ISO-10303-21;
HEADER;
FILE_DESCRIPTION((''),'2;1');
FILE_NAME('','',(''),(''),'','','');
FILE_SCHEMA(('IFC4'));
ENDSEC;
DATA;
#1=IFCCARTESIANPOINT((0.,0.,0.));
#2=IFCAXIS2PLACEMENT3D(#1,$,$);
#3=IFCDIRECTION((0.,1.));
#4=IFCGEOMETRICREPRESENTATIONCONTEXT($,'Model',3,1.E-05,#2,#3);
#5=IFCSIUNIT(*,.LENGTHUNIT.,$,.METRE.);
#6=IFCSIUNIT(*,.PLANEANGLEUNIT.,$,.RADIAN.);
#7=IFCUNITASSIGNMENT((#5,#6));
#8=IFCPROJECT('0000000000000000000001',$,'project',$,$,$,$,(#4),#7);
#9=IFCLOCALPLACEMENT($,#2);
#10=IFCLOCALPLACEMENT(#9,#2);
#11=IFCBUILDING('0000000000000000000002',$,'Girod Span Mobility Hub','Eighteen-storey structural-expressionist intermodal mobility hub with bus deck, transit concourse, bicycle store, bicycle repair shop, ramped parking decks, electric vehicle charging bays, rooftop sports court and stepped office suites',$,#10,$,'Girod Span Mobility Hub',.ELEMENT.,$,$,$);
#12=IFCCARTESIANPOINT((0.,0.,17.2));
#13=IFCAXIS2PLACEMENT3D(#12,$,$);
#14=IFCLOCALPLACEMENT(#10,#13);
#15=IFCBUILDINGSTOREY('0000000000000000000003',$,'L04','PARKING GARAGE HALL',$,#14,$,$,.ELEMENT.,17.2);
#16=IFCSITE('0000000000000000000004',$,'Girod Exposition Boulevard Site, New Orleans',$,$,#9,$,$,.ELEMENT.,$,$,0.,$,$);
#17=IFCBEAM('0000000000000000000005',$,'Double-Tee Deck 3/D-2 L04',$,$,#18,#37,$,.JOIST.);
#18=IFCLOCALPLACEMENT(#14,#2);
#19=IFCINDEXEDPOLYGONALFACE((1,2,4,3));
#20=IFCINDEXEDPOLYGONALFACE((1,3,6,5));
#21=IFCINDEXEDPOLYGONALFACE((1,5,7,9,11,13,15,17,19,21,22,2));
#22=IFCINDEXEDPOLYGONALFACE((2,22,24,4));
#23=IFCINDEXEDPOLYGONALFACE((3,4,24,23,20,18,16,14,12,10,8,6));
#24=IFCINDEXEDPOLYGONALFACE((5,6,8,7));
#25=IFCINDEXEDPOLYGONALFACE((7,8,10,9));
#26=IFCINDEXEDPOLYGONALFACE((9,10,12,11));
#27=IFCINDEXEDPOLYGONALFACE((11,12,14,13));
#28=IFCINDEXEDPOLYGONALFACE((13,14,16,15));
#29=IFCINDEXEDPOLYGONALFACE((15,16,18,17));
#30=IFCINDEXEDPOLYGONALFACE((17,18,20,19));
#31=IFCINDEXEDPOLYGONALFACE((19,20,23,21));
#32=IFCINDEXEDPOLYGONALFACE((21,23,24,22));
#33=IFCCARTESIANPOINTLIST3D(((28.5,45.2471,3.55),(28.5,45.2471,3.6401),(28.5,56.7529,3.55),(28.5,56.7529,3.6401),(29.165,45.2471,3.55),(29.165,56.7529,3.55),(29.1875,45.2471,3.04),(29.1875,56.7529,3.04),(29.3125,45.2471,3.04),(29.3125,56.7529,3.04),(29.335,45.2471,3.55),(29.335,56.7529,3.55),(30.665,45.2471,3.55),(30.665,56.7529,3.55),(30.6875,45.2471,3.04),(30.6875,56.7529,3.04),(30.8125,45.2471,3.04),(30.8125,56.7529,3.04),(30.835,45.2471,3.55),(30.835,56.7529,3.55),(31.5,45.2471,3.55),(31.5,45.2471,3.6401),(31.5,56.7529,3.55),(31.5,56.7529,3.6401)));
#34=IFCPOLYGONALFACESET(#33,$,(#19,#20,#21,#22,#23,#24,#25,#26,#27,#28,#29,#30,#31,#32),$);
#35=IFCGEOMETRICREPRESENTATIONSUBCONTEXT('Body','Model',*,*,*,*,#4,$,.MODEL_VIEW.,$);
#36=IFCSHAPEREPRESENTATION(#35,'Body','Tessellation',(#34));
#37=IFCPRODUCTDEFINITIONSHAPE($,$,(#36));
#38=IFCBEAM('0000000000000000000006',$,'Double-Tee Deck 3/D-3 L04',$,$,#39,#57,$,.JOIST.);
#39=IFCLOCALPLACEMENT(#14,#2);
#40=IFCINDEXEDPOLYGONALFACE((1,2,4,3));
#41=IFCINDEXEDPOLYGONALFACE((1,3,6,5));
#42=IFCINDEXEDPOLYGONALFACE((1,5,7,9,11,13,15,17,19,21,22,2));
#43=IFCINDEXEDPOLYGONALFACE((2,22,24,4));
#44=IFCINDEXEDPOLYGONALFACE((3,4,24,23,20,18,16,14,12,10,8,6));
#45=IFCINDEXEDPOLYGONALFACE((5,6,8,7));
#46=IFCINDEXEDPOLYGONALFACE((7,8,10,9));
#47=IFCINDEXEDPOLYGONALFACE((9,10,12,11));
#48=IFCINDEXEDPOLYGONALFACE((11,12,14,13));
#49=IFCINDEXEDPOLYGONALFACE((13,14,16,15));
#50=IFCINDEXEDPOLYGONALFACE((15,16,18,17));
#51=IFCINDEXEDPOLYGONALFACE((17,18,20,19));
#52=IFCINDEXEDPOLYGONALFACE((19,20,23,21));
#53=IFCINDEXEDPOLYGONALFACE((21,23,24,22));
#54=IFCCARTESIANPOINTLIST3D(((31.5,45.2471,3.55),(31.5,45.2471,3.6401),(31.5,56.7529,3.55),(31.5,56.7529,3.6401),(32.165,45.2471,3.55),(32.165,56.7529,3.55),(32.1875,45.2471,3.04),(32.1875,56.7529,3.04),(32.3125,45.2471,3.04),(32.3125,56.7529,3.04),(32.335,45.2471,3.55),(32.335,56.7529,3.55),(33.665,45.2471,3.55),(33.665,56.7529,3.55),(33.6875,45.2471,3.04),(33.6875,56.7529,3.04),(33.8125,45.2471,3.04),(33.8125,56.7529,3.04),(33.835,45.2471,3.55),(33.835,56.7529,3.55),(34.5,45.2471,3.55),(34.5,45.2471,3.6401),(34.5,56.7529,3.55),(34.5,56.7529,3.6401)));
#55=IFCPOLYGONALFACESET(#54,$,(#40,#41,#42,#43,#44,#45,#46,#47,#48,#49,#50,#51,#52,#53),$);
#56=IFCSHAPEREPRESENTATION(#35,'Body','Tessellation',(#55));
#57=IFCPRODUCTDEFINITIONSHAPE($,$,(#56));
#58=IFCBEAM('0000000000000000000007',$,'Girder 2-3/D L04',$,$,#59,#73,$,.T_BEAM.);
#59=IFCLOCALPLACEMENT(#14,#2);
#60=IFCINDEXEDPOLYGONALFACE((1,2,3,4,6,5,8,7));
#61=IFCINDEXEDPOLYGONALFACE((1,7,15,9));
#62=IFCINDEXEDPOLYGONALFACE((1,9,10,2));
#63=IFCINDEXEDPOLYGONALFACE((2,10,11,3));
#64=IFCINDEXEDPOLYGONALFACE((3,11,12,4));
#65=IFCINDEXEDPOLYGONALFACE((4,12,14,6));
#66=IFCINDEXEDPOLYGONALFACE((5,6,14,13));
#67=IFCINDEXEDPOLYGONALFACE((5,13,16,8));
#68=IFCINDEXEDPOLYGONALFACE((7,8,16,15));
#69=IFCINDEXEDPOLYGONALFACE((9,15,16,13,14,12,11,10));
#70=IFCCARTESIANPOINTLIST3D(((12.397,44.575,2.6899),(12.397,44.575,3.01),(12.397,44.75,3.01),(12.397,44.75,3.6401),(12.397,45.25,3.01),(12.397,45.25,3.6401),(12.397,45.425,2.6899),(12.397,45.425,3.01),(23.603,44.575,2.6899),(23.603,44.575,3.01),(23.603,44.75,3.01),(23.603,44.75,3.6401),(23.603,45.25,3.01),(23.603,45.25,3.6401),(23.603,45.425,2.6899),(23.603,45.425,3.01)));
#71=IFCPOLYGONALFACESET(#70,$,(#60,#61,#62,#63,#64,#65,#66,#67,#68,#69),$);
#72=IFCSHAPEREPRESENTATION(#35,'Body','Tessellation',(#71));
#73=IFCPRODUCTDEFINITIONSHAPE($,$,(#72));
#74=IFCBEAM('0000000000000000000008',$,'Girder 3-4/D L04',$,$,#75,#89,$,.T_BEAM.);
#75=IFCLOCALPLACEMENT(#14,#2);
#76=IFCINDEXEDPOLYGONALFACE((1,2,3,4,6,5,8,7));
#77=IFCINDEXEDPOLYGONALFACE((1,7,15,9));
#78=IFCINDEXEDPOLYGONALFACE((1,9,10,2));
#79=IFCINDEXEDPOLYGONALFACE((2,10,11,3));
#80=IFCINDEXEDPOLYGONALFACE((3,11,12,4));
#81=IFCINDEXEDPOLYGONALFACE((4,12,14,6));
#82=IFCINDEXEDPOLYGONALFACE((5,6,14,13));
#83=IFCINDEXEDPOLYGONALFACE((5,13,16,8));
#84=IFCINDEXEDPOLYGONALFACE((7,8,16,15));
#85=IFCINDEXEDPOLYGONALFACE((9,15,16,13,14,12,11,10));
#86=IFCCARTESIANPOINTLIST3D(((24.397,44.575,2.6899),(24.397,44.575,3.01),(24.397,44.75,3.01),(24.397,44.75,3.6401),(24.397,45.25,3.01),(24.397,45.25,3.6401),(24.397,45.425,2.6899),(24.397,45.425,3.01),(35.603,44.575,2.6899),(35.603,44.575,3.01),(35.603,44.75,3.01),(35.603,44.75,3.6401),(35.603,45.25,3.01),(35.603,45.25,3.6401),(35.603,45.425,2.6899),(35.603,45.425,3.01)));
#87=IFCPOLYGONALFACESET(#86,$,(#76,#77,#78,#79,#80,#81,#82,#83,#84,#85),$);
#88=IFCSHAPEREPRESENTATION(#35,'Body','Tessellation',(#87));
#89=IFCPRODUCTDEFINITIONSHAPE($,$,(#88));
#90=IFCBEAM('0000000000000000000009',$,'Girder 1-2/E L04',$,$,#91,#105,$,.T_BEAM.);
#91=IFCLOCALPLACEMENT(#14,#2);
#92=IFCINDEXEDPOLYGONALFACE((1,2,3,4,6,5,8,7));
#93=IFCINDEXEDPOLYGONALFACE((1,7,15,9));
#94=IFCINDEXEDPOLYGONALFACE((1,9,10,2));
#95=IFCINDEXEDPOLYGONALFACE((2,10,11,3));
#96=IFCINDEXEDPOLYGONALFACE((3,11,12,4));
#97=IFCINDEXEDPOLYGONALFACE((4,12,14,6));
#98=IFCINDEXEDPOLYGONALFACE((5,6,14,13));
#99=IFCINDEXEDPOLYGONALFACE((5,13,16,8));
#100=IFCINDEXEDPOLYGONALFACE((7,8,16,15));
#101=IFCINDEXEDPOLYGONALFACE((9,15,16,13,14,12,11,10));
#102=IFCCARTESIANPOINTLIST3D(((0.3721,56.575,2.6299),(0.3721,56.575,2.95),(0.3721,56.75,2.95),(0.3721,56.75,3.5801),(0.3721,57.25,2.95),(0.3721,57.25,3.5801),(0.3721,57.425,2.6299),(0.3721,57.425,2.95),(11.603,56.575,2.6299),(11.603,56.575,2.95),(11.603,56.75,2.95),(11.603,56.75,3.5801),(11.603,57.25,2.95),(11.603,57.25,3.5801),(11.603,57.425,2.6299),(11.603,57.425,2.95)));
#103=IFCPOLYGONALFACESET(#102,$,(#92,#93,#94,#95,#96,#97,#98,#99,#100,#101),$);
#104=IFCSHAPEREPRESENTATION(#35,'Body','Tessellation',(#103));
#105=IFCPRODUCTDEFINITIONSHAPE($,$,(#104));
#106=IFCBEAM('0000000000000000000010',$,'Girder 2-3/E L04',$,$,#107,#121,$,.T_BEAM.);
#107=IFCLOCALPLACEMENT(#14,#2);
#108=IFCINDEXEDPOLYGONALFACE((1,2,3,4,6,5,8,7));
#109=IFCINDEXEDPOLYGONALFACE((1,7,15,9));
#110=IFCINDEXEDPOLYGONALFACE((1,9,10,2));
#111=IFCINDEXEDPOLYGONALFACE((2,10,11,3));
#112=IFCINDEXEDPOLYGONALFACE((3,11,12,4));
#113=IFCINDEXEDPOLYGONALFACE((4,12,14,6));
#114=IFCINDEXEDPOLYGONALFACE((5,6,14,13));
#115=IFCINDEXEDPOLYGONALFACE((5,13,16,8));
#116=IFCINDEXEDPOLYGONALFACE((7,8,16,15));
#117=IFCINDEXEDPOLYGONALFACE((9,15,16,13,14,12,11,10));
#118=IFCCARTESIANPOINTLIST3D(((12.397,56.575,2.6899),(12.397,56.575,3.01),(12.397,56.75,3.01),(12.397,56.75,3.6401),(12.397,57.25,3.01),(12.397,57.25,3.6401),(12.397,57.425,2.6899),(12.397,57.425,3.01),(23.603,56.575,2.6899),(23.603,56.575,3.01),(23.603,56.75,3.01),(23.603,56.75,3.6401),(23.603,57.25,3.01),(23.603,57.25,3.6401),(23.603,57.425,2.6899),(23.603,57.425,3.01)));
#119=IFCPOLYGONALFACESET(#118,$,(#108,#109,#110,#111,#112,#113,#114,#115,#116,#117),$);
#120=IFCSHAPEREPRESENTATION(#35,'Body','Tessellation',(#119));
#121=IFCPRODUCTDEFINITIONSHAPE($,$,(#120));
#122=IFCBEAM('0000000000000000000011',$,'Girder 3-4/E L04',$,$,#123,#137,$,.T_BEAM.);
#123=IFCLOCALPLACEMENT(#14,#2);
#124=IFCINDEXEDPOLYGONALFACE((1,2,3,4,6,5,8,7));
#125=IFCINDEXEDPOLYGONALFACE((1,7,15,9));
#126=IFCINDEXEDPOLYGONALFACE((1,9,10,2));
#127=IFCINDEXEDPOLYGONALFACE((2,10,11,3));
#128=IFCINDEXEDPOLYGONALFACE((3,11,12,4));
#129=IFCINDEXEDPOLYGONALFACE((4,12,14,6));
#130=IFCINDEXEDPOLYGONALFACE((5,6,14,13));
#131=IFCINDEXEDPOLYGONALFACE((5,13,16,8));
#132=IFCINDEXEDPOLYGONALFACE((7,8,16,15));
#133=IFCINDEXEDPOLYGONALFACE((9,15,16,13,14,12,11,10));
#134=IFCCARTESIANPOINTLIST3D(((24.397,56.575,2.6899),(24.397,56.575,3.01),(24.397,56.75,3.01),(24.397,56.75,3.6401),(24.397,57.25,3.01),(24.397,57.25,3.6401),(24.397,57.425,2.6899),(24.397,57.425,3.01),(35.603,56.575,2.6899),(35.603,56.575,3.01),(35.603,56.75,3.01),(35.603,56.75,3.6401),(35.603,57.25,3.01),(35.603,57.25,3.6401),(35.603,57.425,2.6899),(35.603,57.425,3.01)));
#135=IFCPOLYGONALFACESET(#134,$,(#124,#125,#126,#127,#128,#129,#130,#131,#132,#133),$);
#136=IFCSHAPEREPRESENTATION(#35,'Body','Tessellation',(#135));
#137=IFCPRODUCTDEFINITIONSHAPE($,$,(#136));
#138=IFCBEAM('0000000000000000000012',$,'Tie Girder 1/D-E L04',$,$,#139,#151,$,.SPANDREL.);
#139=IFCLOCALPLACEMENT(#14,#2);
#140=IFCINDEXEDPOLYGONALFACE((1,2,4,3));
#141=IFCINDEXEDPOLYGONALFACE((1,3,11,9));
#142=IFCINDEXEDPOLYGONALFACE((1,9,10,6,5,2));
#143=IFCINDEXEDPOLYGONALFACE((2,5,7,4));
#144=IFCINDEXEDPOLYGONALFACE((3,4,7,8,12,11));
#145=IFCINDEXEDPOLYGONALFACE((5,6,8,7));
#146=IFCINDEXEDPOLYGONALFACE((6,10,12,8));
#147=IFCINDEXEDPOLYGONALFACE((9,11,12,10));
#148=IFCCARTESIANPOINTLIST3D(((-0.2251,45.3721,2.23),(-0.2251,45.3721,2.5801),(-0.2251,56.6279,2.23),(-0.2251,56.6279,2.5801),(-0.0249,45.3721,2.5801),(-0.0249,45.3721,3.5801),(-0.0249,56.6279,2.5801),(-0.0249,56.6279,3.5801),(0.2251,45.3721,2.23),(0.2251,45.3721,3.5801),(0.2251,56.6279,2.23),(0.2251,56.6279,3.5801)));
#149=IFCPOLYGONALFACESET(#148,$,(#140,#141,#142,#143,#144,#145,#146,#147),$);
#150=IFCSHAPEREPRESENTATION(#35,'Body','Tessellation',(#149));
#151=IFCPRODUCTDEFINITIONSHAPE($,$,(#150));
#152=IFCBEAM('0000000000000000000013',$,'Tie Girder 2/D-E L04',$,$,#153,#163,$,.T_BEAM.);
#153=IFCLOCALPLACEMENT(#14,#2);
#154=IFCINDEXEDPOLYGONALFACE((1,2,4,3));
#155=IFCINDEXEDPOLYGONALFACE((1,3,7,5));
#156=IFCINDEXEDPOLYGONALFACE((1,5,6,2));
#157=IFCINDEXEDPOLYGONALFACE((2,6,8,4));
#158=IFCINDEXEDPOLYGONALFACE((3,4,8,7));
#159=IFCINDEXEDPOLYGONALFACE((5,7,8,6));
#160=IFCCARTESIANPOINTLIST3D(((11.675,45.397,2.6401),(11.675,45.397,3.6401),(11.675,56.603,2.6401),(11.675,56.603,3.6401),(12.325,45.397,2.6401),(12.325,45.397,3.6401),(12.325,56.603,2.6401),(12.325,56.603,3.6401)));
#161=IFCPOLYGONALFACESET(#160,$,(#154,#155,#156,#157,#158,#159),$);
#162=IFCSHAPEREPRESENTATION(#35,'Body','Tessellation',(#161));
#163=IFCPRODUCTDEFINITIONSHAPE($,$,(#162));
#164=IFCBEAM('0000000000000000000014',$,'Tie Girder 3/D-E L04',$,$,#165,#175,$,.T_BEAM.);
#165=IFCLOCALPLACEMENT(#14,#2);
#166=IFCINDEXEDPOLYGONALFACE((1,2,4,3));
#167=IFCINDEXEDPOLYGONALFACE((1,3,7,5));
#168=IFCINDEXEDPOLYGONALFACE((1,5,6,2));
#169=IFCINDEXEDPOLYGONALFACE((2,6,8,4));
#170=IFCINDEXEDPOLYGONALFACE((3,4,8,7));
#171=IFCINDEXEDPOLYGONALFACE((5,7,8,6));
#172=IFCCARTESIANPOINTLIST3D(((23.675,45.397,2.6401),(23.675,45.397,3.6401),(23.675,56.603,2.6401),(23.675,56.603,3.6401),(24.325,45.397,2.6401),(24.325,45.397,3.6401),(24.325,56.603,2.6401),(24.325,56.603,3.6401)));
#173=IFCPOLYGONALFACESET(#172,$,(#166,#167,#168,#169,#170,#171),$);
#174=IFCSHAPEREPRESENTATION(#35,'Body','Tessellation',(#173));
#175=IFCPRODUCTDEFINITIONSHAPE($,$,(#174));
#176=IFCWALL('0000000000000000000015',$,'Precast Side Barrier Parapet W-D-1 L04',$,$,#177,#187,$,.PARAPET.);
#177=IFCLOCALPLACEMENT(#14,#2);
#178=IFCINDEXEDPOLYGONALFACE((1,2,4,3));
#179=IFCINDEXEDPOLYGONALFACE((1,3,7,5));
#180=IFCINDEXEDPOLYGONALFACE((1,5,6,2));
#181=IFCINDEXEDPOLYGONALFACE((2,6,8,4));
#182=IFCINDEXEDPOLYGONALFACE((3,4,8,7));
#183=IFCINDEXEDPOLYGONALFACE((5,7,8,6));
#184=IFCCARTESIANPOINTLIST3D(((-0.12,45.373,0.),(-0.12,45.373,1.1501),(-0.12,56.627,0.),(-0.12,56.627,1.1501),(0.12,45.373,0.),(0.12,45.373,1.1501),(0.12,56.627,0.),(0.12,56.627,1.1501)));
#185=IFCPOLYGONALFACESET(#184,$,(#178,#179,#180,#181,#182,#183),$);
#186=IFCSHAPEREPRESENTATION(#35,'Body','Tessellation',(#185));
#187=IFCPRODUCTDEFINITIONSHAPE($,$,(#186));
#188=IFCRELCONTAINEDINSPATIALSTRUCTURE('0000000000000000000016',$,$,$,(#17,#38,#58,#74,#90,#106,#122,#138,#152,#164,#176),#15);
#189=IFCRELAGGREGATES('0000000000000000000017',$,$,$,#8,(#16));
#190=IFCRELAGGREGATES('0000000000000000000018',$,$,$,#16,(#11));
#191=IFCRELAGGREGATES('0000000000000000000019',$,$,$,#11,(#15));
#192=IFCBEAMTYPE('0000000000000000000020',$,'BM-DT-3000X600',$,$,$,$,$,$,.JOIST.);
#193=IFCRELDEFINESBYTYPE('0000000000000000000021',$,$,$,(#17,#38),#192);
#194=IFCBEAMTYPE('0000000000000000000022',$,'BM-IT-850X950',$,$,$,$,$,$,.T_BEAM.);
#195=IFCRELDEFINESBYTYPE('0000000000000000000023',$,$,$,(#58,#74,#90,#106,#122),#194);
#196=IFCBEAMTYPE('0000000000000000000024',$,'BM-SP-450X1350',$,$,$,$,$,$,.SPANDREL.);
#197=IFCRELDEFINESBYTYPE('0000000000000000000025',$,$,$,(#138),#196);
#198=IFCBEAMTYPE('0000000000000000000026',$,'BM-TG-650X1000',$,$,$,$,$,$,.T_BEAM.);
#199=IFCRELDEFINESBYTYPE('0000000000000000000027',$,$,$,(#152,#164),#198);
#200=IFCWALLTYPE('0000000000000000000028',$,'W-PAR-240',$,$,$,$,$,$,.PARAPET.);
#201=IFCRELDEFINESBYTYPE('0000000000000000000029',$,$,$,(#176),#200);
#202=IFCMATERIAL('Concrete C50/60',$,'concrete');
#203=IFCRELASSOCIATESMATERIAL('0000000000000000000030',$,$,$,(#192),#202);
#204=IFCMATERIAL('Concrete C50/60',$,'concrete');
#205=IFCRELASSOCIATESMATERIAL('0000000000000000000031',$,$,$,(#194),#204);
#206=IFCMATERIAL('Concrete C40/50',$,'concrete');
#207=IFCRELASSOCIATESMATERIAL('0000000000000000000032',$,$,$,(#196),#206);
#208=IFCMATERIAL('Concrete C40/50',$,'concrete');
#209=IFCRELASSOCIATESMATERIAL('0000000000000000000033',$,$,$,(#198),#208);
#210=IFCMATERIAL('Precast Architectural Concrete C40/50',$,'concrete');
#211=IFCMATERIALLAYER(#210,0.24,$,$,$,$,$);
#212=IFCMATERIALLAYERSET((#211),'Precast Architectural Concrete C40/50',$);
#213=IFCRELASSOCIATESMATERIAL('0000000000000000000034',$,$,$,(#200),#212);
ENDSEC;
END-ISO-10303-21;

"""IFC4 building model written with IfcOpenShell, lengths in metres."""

from ifc_helpers import new_model, si_unit, direction, frame, frame_2d, origin, origin_2d, place, context, subcontext, project, spatial, polyline, rectangle, outline, extrude, material, layer, layer_set, material_profile, profile_set, type_object, element, save


model = new_model("IFC4")

# Units and contexts
model_context = context("Model", 3, precision=1e-05, world=origin(), true_north=direction((0.0, 1.0)))
body_context = subcontext(model_context, "Body", "Model", "MODEL_VIEW")
ifc_project = project(units=[si_unit("LENGTHUNIT", "METRE"), si_unit("PLANEANGLEUNIT", "RADIAN")], contexts=[model_context])

# Site, building, storey
site_placement = place(None, origin())
site = spatial("IfcSite", under=ifc_project, at=site_placement, Name="Girod Exposition Boulevard Site, New Orleans", CompositionType="ELEMENT", RefElevation=0.0)
building_placement = place(site_placement, origin())
building = spatial("IfcBuilding", under=site, at=building_placement, Name="Girod Span Mobility Hub", Description="Eighteen-storey structural-expressionist intermodal mobility hub with bus deck, transit concourse, bicycle store, bicycle repair shop, ramped parking decks, electric vehicle charging bays, rooftop sports court and stepped office suites", LongName="Girod Span Mobility Hub", CompositionType="ELEMENT")
storey_placement = place(building_placement, frame((0.0, 0.0, 17.2)))
storey = spatial("IfcBuildingStorey", under=building, at=storey_placement, Name="L04", Description="PARKING GARAGE HALL", CompositionType="ELEMENT", Elevation=17.2)

# Beams
ifc_material_1 = material(Name="Concrete C50/60", Category="concrete")
ifc_material_profile_1 = material_profile(ifc_material_1, outline(polyline([(-1.5, 0.3), (-1.5, 0.21), (-0.835, 0.21), (-0.8125, -0.3), (-0.6875, -0.3), (-0.665, 0.21), (0.665, 0.21), (0.6875, -0.3), (0.8125, -0.3), (0.835, 0.21), (1.5, 0.21), (1.5, 0.3), (-1.5, 0.3)])), Name="DT-3000X600")
ifc_profile_set_1 = profile_set([ifc_material_profile_1], Name="Concrete C50/60")
beam_type_1 = type_object("IfcBeamType", Name="BM-DT-3000X600", PredefinedType="JOIST", material=ifc_profile_set_1)
for number, where, z_axis, x_axis, name in (
    (1, (30.0, 45.2471, 3.3401), (0.0, 1.0, 0.0), (-1.0, 0.0, 0.0), "Double-Tee Deck 3/D-2 L04"),
    (2, (33.0, 45.2471, 3.3401), (0.0, 1.0, 0.0), (-1.0, 0.0, 0.0), "Double-Tee Deck 3/D-3 L04"),
):
    element("IfcBeam", number, at=place(storey_placement, frame(where, z_axis=z_axis, x_axis=x_axis)), inside=storey, type_object=beam_type_1, Name=name, PredefinedType="JOIST", context=body_context, shape_type="SweptSolid", body=[
        extrude(outline(polyline([(-1.5, 0.3), (-1.5, 0.21), (-0.835, 0.21), (-0.8125, -0.3), (-0.6875, -0.3), (-0.665, 0.21), (0.665, 0.21), (0.6875, -0.3), (0.8125, -0.3), (0.835, 0.21), (1.5, 0.21), (1.5, 0.3), (-1.5, 0.3)])), origin(), (0.0, 0.0, 1.0), 11.5059),
    ])
ifc_material_2 = material(Name="Concrete C50/60", Category="concrete")
ifc_material_profile_2 = material_profile(ifc_material_2, outline(polyline([(-0.425, -0.4751), (0.425, -0.4751), (0.425, -0.155), (0.25, -0.155), (0.25, 0.4751), (-0.25, 0.4751), (-0.25, -0.155), (-0.425, -0.155), (-0.425, -0.4751)])), Name="IT-850X950")
ifc_profile_set_2 = profile_set([ifc_material_profile_2], Name="Concrete C50/60")
beam_type_2 = type_object("IfcBeamType", Name="BM-IT-850X950", PredefinedType="T_BEAM", material=ifc_profile_set_2)
for number, where, z_axis, x_axis, name in (
    (3, (12.397, 45.0, 3.165), (1.0, 0.0, 0.0), (0.0, 1.0, 0.0), "Girder 2-3/D L04"),
    (4, (24.397, 45.0, 3.165), (1.0, 0.0, 0.0), (0.0, 1.0, 0.0), "Girder 3-4/D L04"),
):
    element("IfcBeam", number, at=place(storey_placement, frame(where, z_axis=z_axis, x_axis=x_axis)), inside=storey, type_object=beam_type_2, Name=name, PredefinedType="T_BEAM", context=body_context, shape_type="SweptSolid", body=[
        extrude(outline(polyline([(-0.425, -0.4751), (0.425, -0.4751), (0.425, -0.155), (0.25, -0.155), (0.25, 0.4751), (-0.25, 0.4751), (-0.25, -0.155), (-0.425, -0.155), (-0.425, -0.4751)])), origin(), (0.0, 0.0, 1.0), 11.2061),
    ])
beam_1_placement = place(storey_placement, frame((0.3721, 57.0, 3.105), z_axis=(1.0, 0.0, 0.0), x_axis=(0.0, 1.0, 0.0)))
element("IfcBeam", 5, at=beam_1_placement, inside=storey, type_object=beam_type_2, Name="Girder 1-2/E L04", PredefinedType="T_BEAM", context=body_context, shape_type="SweptSolid", body=[
    extrude(outline(polyline([(-0.425, -0.4751), (0.425, -0.4751), (0.425, -0.155), (0.25, -0.155), (0.25, 0.4751), (-0.25, 0.4751), (-0.25, -0.155), (-0.425, -0.155), (-0.425, -0.4751)])), origin(), (0.0, 0.0, 1.0), 11.231),
])
for number, where, z_axis, x_axis, name in (
    (6, (12.397, 57.0, 3.165), (1.0, 0.0, 0.0), (0.0, 1.0, 0.0), "Girder 2-3/E L04"),
    (7, (24.397, 57.0, 3.165), (1.0, 0.0, 0.0), (0.0, 1.0, 0.0), "Girder 3-4/E L04"),
):
    element("IfcBeam", number, at=place(storey_placement, frame(where, z_axis=z_axis, x_axis=x_axis)), inside=storey, type_object=beam_type_2, Name=name, PredefinedType="T_BEAM", context=body_context, shape_type="SweptSolid", body=[
        extrude(outline(polyline([(-0.425, -0.4751), (0.425, -0.4751), (0.425, -0.155), (0.25, -0.155), (0.25, 0.4751), (-0.25, 0.4751), (-0.25, -0.155), (-0.425, -0.155), (-0.425, -0.4751)])), origin(), (0.0, 0.0, 1.0), 11.2061),
    ])
ifc_material_3 = material(Name="Concrete C40/50", Category="concrete")
ifc_material_profile_3 = material_profile(ifc_material_3, outline(polyline([(-0.2251, -0.675), (0.2251, -0.675), (0.2251, -0.325), (0.0249, -0.325), (0.0249, 0.675), (-0.2251, 0.675), (-0.2251, -0.675)])), Name="SP-450X1350")
ifc_profile_set_3 = profile_set([ifc_material_profile_3], Name="Concrete C40/50")
beam_type_3 = type_object("IfcBeamType", Name="BM-SP-450X1350", PredefinedType="SPANDREL", material=ifc_profile_set_3)
beam_2_placement = place(storey_placement, frame((0.0, 45.3721, 2.905), z_axis=(0.0, 1.0, 0.0), x_axis=(-1.0, 0.0, 0.0)))
element("IfcBeam", 8, at=beam_2_placement, inside=storey, type_object=beam_type_3, Name="Tie Girder 1/D-E L04", PredefinedType="SPANDREL", context=body_context, shape_type="SweptSolid", body=[
    extrude(outline(polyline([(-0.2251, -0.675), (0.2251, -0.675), (0.2251, -0.325), (0.0249, -0.325), (0.0249, 0.675), (-0.2251, 0.675), (-0.2251, -0.675)])), origin(), (0.0, 0.0, 1.0), 11.2559),
])
ifc_material_4 = material(Name="Concrete C40/50", Category="concrete")
ifc_material_profile_4 = material_profile(ifc_material_4, rectangle(XDim=0.6499, YDim=1.0, at=origin_2d()), Name="TG-650X1000")
ifc_profile_set_4 = profile_set([ifc_material_profile_4], Name="Concrete C40/50")
beam_type_4 = type_object("IfcBeamType", Name="BM-TG-650X1000", PredefinedType="T_BEAM", material=ifc_profile_set_4)
for number, where, z_axis, x_axis, name in (
    (9, (12.0, 45.397, 3.1401), (0.0, 1.0, 0.0), (-1.0, 0.0, 0.0), "Tie Girder 2/D-E L04"),
    (10, (24.0, 45.397, 3.1401), (0.0, 1.0, 0.0), (-1.0, 0.0, 0.0), "Tie Girder 3/D-E L04"),
):
    element("IfcBeam", number, at=place(storey_placement, frame(where, z_axis=z_axis, x_axis=x_axis)), inside=storey, type_object=beam_type_4, Name=name, PredefinedType="T_BEAM", context=body_context, shape_type="SweptSolid", body=[
        extrude(rectangle(XDim=0.6499, YDim=1.0, at=origin_2d()), origin(), (0.0, 0.0, 1.0), 11.2061),
    ])

# Wall
ifc_material_5 = material(Name="Precast Architectural Concrete C40/50", Category="concrete")
ifc_layer = layer(ifc_material_5, 0.24)
ifc_layer_set = layer_set([ifc_layer], Name="Precast Architectural Concrete C40/50")
wall_type = type_object("IfcWallType", Name="W-PAR-240", PredefinedType="PARAPET", material=ifc_layer_set)
wall_placement = place(storey_placement, frame((0.0, 45.373, 0.0), z_axis=(0.0, 0.0, 1.0), x_axis=(0.0, 1.0, 0.0)))
element("IfcWall", 11, at=wall_placement, inside=storey, type_object=wall_type, Name="Precast Side Barrier Parapet W-D-1 L04", PredefinedType="PARAPET", context=body_context, shape_type="SweptSolid", body=[
    extrude(rectangle(XDim=11.2539, YDim=0.24, at=frame_2d((5.627, 0.0))), origin(), (0.0, 0.0, 1.0), 1.1501),
])

save(model, "model.ifc")
